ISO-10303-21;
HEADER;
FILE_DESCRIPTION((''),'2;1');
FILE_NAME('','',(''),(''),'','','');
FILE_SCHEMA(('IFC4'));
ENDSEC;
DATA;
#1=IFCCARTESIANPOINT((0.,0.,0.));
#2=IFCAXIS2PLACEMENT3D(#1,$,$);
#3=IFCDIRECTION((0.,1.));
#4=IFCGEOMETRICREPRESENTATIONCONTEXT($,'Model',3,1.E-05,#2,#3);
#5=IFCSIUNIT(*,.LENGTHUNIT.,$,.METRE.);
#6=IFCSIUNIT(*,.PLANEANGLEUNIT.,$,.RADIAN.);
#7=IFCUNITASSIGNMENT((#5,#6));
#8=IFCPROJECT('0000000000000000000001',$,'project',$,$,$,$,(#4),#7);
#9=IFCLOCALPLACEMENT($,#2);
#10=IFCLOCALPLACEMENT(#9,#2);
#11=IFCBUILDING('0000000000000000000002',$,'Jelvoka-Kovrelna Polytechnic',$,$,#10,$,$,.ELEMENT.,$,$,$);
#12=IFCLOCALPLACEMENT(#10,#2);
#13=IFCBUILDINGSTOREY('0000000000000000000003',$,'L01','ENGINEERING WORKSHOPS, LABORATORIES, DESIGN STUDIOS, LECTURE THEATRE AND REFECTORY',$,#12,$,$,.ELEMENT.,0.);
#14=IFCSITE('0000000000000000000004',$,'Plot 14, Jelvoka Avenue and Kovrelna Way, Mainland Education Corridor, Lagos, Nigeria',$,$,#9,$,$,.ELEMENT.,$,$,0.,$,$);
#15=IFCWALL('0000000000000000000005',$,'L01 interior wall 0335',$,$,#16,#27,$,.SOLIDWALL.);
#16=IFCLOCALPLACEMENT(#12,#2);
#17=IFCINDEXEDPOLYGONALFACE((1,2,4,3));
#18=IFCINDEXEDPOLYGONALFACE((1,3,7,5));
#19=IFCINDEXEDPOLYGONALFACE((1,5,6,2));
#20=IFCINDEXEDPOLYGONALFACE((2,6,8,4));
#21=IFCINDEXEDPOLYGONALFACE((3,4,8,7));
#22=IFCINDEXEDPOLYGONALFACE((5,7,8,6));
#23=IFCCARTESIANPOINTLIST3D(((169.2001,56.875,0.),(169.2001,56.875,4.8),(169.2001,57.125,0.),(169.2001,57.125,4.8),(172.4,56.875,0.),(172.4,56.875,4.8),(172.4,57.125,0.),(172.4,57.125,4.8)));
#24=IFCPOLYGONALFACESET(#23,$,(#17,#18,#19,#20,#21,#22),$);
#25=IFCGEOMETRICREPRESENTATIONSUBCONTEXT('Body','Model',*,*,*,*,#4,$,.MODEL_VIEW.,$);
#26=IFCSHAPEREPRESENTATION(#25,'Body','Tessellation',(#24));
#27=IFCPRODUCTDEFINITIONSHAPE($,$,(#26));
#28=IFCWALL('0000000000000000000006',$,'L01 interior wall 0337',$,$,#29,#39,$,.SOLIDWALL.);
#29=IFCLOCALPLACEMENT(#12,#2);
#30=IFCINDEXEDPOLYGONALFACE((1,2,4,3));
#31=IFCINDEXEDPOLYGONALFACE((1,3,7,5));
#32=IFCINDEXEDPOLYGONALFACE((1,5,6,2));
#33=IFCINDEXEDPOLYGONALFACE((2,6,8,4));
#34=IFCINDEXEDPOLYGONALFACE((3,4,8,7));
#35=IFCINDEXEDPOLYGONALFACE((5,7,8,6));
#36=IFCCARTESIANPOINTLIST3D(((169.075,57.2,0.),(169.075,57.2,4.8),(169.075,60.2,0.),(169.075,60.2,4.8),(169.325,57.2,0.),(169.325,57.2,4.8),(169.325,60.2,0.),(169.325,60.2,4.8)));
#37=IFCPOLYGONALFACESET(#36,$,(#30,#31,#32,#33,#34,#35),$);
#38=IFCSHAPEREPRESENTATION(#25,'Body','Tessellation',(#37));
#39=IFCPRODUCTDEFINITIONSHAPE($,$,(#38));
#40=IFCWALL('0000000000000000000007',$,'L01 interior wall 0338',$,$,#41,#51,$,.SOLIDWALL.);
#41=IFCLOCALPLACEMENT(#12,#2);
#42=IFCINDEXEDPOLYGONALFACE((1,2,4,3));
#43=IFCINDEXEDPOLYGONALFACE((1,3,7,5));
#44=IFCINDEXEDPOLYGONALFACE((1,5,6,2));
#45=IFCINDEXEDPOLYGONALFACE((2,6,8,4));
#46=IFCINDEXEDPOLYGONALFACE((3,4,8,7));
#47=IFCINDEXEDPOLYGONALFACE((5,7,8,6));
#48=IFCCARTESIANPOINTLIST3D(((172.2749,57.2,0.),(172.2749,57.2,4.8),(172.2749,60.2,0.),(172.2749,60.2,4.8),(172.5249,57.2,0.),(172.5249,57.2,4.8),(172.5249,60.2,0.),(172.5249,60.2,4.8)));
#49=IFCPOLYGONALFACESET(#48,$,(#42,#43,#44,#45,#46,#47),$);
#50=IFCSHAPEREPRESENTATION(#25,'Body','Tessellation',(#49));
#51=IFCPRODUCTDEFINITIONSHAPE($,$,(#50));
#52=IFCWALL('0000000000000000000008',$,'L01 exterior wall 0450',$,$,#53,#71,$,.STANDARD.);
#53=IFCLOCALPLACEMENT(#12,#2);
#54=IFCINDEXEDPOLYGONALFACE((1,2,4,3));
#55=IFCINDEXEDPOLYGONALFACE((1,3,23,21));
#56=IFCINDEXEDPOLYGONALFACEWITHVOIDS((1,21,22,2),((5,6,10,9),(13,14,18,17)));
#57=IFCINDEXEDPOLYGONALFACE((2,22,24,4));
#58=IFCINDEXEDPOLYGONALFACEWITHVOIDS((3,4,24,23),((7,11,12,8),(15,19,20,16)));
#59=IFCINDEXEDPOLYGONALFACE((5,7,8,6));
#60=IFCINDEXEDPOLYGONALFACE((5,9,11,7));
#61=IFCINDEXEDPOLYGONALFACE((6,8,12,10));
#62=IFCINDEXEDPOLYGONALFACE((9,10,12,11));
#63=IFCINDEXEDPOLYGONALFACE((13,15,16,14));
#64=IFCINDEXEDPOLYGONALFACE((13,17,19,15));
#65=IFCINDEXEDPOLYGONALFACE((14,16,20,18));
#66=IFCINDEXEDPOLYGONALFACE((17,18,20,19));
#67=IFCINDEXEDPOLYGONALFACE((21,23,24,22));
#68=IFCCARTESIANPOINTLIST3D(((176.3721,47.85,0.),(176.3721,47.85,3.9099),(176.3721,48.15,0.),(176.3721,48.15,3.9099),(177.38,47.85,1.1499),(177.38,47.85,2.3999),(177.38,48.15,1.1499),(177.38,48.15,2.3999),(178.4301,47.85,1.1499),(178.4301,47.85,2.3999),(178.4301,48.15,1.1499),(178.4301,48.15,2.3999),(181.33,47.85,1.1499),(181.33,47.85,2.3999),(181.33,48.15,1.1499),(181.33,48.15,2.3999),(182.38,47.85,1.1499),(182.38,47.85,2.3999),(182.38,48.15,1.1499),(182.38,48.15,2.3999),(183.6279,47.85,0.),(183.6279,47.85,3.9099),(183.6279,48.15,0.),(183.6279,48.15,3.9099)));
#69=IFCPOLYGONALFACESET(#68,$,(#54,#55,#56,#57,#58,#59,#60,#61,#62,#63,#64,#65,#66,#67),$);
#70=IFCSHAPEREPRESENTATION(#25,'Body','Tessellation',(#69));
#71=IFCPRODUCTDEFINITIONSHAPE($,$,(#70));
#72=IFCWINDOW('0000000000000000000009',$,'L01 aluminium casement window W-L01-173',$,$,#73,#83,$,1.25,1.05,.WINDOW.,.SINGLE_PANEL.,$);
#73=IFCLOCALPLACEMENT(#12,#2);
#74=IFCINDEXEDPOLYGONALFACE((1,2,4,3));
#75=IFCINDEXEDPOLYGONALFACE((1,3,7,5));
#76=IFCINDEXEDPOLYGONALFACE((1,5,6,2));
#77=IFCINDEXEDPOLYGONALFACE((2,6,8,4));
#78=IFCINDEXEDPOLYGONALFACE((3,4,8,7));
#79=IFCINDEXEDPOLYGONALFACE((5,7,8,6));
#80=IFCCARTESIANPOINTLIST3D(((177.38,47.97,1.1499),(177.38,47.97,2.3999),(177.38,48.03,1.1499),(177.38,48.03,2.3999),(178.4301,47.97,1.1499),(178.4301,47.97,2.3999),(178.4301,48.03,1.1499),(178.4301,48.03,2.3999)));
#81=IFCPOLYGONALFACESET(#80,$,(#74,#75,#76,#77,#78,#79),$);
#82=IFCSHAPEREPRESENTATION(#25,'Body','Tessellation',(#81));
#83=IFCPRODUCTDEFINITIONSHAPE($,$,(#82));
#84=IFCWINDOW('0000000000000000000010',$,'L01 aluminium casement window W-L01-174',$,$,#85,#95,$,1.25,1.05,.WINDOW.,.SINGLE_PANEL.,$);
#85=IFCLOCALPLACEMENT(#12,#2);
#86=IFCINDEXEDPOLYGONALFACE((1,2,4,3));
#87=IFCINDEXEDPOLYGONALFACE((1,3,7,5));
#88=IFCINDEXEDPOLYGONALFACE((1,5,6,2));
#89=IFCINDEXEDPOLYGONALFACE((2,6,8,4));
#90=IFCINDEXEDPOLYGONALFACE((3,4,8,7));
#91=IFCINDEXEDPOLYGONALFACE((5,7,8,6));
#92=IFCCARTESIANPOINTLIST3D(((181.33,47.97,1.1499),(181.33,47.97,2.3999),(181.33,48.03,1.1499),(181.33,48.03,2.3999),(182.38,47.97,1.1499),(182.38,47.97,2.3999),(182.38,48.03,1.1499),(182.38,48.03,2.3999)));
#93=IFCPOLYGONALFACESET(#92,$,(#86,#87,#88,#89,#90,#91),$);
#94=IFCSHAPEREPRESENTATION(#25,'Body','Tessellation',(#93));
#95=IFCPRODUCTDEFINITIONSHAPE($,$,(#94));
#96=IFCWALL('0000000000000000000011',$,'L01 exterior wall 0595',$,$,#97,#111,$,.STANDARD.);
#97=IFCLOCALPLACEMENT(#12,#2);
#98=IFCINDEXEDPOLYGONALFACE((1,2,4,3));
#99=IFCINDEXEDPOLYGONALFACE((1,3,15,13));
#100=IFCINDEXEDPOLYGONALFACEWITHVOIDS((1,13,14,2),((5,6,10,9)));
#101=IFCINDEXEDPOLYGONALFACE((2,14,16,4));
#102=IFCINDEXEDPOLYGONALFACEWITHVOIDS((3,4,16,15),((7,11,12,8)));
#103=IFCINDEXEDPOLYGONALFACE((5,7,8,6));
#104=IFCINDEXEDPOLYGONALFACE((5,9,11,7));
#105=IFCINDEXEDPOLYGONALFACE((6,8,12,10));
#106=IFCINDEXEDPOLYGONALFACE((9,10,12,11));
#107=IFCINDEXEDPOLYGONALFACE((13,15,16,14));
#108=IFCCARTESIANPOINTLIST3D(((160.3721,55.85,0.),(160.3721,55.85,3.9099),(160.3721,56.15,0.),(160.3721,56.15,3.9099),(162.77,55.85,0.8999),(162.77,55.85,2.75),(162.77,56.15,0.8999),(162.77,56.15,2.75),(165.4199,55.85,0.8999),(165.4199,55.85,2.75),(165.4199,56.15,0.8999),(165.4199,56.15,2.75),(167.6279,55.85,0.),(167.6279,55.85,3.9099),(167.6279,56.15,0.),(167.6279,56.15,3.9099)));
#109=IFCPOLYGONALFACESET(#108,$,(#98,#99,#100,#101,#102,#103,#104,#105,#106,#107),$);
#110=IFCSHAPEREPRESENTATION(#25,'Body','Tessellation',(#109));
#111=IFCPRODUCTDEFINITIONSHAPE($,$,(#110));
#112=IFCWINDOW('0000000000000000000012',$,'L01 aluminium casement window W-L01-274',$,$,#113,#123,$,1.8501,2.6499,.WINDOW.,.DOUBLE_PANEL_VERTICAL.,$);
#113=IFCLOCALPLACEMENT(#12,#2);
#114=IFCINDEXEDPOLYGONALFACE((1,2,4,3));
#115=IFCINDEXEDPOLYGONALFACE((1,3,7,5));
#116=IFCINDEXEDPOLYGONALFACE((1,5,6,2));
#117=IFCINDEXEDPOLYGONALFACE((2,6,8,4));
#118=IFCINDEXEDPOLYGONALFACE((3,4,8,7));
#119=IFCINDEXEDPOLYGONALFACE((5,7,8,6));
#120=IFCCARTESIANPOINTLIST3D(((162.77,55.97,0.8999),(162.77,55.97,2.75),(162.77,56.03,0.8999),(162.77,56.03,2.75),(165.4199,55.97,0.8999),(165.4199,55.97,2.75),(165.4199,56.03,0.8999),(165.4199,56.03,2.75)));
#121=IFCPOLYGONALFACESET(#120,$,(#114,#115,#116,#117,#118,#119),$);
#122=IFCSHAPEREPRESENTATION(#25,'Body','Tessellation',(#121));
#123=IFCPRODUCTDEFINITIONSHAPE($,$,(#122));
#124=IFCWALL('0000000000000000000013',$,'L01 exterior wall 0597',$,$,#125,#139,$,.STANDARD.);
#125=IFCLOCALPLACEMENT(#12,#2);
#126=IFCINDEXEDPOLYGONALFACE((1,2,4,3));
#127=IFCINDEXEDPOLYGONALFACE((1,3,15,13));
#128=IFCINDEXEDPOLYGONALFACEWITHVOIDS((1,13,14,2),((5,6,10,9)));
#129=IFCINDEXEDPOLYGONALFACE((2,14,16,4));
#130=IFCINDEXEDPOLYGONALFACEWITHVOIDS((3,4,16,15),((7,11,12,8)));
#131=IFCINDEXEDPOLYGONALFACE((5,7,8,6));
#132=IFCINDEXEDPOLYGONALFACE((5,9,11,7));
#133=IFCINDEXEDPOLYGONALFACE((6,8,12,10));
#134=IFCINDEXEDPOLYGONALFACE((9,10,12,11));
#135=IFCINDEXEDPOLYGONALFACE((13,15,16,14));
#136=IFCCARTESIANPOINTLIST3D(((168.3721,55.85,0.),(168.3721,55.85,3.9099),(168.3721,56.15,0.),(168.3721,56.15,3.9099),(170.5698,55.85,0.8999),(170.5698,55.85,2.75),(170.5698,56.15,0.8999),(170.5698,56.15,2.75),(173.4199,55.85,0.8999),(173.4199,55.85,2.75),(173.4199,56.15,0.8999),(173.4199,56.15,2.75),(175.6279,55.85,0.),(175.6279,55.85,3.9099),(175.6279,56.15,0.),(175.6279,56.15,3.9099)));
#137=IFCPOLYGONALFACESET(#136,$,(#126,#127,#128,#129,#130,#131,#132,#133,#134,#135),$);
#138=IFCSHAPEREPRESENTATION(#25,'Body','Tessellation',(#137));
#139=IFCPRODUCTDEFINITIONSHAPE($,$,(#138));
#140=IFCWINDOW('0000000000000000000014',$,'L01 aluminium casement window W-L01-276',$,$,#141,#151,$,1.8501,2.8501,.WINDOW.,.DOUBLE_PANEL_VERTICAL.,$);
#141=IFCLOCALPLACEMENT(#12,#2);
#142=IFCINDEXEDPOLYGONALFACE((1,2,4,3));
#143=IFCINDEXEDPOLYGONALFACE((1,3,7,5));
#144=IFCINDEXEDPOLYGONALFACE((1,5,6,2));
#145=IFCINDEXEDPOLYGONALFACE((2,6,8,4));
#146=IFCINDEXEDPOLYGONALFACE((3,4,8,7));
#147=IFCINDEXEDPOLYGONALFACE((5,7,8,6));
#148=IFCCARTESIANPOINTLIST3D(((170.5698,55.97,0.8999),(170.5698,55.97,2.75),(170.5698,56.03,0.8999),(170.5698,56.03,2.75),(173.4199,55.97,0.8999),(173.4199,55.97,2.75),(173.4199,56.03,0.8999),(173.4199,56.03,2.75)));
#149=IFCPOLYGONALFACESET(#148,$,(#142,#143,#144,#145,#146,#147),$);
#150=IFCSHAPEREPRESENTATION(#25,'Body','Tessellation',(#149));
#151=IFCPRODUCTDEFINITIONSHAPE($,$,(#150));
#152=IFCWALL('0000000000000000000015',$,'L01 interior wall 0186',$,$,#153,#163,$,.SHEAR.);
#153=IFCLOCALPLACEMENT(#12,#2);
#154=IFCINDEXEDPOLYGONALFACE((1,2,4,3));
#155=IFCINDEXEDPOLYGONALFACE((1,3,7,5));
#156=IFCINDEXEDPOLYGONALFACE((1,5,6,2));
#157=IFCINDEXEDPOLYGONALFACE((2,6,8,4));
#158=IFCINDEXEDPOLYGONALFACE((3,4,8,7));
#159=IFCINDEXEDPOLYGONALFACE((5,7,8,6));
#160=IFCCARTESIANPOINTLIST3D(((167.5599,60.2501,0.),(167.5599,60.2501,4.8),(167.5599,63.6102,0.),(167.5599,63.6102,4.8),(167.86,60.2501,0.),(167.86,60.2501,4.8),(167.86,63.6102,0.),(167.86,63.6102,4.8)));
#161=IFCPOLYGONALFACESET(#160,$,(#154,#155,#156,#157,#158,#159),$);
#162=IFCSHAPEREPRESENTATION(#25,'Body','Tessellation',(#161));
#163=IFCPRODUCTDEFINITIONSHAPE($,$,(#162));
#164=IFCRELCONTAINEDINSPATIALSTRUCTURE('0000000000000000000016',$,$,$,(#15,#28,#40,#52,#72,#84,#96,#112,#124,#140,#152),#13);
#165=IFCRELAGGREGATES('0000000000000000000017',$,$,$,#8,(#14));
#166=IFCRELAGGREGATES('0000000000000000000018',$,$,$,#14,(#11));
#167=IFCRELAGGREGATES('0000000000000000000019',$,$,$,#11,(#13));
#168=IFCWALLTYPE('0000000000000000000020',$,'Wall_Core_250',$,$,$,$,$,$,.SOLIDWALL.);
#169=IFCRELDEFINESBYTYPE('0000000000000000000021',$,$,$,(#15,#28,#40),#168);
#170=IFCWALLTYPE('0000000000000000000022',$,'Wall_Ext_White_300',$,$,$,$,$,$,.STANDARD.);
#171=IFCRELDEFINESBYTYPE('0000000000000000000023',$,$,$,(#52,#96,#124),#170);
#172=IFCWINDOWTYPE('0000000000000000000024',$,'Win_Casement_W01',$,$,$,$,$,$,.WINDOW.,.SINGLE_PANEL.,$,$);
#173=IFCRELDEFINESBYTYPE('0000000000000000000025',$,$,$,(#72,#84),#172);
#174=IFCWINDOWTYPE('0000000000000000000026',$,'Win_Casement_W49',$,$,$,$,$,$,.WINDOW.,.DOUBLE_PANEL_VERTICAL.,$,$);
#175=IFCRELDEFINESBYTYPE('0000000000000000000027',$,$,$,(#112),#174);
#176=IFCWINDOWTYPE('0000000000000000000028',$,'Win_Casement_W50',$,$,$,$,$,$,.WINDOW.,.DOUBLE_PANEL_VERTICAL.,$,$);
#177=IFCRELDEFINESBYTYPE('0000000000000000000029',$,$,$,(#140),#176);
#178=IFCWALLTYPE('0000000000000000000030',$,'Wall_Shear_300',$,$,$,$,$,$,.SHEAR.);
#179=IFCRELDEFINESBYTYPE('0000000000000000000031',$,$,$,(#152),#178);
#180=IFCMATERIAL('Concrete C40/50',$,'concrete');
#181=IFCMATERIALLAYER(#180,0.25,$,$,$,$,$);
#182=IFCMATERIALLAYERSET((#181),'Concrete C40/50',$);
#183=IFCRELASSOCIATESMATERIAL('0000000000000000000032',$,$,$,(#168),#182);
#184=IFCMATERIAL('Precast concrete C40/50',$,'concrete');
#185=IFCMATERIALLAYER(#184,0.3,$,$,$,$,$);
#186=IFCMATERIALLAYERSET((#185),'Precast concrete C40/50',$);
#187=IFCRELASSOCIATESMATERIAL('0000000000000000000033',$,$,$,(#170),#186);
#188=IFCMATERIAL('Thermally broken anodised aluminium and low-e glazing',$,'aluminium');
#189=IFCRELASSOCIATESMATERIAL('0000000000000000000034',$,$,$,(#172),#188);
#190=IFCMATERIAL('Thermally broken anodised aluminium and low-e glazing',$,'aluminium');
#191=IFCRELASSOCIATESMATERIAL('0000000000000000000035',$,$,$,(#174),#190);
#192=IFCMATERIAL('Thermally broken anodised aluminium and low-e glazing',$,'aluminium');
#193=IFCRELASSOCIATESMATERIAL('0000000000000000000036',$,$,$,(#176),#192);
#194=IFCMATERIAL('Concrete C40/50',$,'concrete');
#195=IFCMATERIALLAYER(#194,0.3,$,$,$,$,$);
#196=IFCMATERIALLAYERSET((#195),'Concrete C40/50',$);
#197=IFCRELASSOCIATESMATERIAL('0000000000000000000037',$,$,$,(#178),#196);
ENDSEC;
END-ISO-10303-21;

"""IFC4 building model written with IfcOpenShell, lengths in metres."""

from ifc_helpers import new_model, si_unit, direction, frame, frame_2d, origin, place, context, subcontext, project, spatial, rectangle, extrude, material, layer, layer_set, type_object, element, fill, save


model = new_model("IFC4")

# Units and contexts
model_context = context("Model", 3, precision=1e-05, world=origin(), true_north=direction((0.0, 1.0)))
body_context = subcontext(model_context, "Body", "Model", "MODEL_VIEW")
ifc_project = project(units=[si_unit("LENGTHUNIT", "METRE"), si_unit("PLANEANGLEUNIT", "RADIAN")], contexts=[model_context])

# Site, building, storey
site_placement = place(None, origin())
site = spatial("IfcSite", under=ifc_project, at=site_placement, Name="Plot 14, Jelvoka Avenue and Kovrelna Way, Mainland Education Corridor, Lagos, Nigeria", CompositionType="ELEMENT", RefElevation=0.0)
building_placement = place(site_placement, origin())
building = spatial("IfcBuilding", under=site, at=building_placement, Name="Jelvoka-Kovrelna Polytechnic", CompositionType="ELEMENT")
storey_placement = place(building_placement, origin())
storey = spatial("IfcBuildingStorey", under=building, at=storey_placement, Name="L01", Description="ENGINEERING WORKSHOPS, LABORATORIES, DESIGN STUDIOS, LECTURE THEATRE AND REFECTORY", CompositionType="ELEMENT", Elevation=0.0)

# Wall
ifc_material_1 = material(Name="Concrete C40/50", Category="concrete")
ifc_layer_1 = layer(ifc_material_1, 0.25)
ifc_layer_set_1 = layer_set([ifc_layer_1], Name="Concrete C40/50")
wall_type_1 = type_object("IfcWallType", Name="Wall_Core_250", PredefinedType="SOLIDWALL", material=ifc_layer_set_1)
wall_1_placement = place(storey_placement, frame((169.2, 57.0, 0.0), z_axis=(0.0, 0.0, 1.0), x_axis=(1.0, 0.0, 0.0)))
element("IfcWall", 1, at=wall_1_placement, inside=storey, type_object=wall_type_1, Name="L01 interior wall 0335", PredefinedType="SOLIDWALL", context=body_context, shape_type="SweptSolid", body=[
    extrude(rectangle(XDim=3.2, YDim=0.25, at=frame_2d((1.6001, 0.0))), origin(), (0.0, 0.0, 1.0), 4.8),
])

# Walls
for number, where, z_axis, x_axis, name in (
    (2, (169.2, 57.2, 0.0), (0.0, 0.0, 1.0), (0.0, 1.0, 0.0), "L01 interior wall 0337"),
    (3, (172.3999, 57.2, 0.0), (0.0, 0.0, 1.0), (0.0, 1.0, 0.0), "L01 interior wall 0338"),
):
    element("IfcWall", number, at=place(storey_placement, frame(where, z_axis=z_axis, x_axis=x_axis)), inside=storey, type_object=wall_type_1, Name=name, PredefinedType="SOLIDWALL", context=body_context, shape_type="SweptSolid", body=[
        extrude(rectangle(XDim=3.0, YDim=0.25, at=frame_2d((1.5, 0.0))), origin(), (0.0, 0.0, 1.0), 4.8),
    ])

# Wall, openings, windows
ifc_material_2 = material(Name="Precast concrete C40/50", Category="concrete")
ifc_layer_2 = layer(ifc_material_2, 0.3)
ifc_layer_set_2 = layer_set([ifc_layer_2], Name="Precast concrete C40/50")
wall_type_2 = type_object("IfcWallType", Name="Wall_Ext_White_300", PredefinedType="STANDARD", material=ifc_layer_set_2)
wall_2_placement = place(storey_placement, frame((176.3721, 48.0, 0.0), z_axis=(0.0, 0.0, 1.0), x_axis=(1.0, 0.0, 0.0)))
wall_2 = element("IfcWall", 4, at=wall_2_placement, inside=storey, type_object=wall_type_2, Name="L01 exterior wall 0450", PredefinedType="STANDARD", context=body_context, shape_type="SweptSolid", body=[
    extrude(rectangle(XDim=7.2559, YDim=0.3, at=frame_2d((3.6279, 0.0))), origin(), (0.0, 0.0, 1.0), 3.9099),
])
opening_1_placement = place(wall_2_placement, frame((1.0081, 0.0, 1.1499)))
opening_1 = element("IfcOpeningElement", 5, at=opening_1_placement, cuts=wall_2, PredefinedType="OPENING", context=body_context, shape_type="SweptSolid", body=[
    extrude(rectangle(XDim=1.05, YDim=1.25, at=frame_2d((0.5249, 0.625))), frame((0.0, 0.1599, 0.0), z_axis=(0.0, -1.0, 0.0), x_axis=(1.0, 0.0, 0.0)), (0.0, 0.0, 1.0), 0.3201),
])
opening_2_placement = place(wall_2_placement, frame((4.958, 0.0, 1.1499)))
opening_2 = element("IfcOpeningElement", 6, at=opening_2_placement, cuts=wall_2, PredefinedType="OPENING", context=body_context, shape_type="SweptSolid", body=[
    extrude(rectangle(XDim=1.05, YDim=1.25, at=frame_2d((0.5249, 0.625))), frame((0.0, 0.1599, 0.0), z_axis=(0.0, -1.0, 0.0), x_axis=(1.0, 0.0, 0.0)), (0.0, 0.0, 1.0), 0.3201),
])
ifc_material_3 = material(Name="Thermally broken anodised aluminium and low-e glazing", Category="aluminium")
window_type_1 = type_object("IfcWindowType", Name="Win_Casement_W01", PartitioningType="SINGLE_PANEL", PredefinedType="WINDOW", material=ifc_material_3)
window_1_placement = place(opening_1_placement, origin())
window_1 = element("IfcWindow", 7, at=window_1_placement, inside=storey, type_object=window_type_1, Name="L01 aluminium casement window W-L01-173", OverallHeight=1.25, OverallWidth=1.05, PartitioningType="SINGLE_PANEL", PredefinedType="WINDOW", context=body_context, shape_type="SweptSolid", body=[
    extrude(rectangle(XDim=1.05, YDim=1.25, at=frame_2d((0.5249, 0.625))), frame((0.0, 0.03, 0.0), z_axis=(0.0, -1.0, 0.0), x_axis=(1.0, 0.0, 0.0)), (0.0, 0.0, 1.0), 0.0601),
])
fill(opening_1, window_1)
window_2_placement = place(opening_2_placement, origin())
window_2 = element("IfcWindow", 8, at=window_2_placement, inside=storey, type_object=window_type_1, Name="L01 aluminium casement window W-L01-174", OverallHeight=1.25, OverallWidth=1.05, PartitioningType="SINGLE_PANEL", PredefinedType="WINDOW", context=body_context, shape_type="SweptSolid", body=[
    extrude(rectangle(XDim=1.05, YDim=1.25, at=frame_2d((0.5249, 0.625))), frame((0.0, 0.03, 0.0), z_axis=(0.0, -1.0, 0.0), x_axis=(1.0, 0.0, 0.0)), (0.0, 0.0, 1.0), 0.0601),
])
fill(opening_2, window_2)

# Walls, openings, windows
wall_3_placement = place(storey_placement, frame((167.6279, 56.0, 0.0), z_axis=(0.0, 0.0, 1.0), x_axis=(-1.0, 0.0, 0.0)))
wall_3 = element("IfcWall", 9, at=wall_3_placement, inside=storey, type_object=wall_type_2, Name="L01 exterior wall 0595", PredefinedType="STANDARD", context=body_context, shape_type="SweptSolid", body=[
    extrude(rectangle(XDim=7.2559, YDim=0.3, at=frame_2d((3.6279, 0.0))), origin(), (0.0, 0.0, 1.0), 3.9099),
])
opening_3_placement = place(wall_3_placement, frame((2.208, 0.0, 0.8999)))
opening_3 = element("IfcOpeningElement", 10, at=opening_3_placement, cuts=wall_3, PredefinedType="OPENING", context=body_context, shape_type="SweptSolid", body=[
    extrude(rectangle(XDim=2.6499, YDim=1.8501, at=frame_2d((1.325, 0.925))), frame((0.0, 0.1599, 0.0), z_axis=(0.0, -1.0, 0.0), x_axis=(1.0, 0.0, 0.0)), (0.0, 0.0, 1.0), 0.3201),
])
ifc_material_4 = material(Name="Thermally broken anodised aluminium and low-e glazing", Category="aluminium")
window_type_2 = type_object("IfcWindowType", Name="Win_Casement_W49", PartitioningType="DOUBLE_PANEL_VERTICAL", PredefinedType="WINDOW", material=ifc_material_4)
window_3_placement = place(opening_3_placement, origin())
window_3 = element("IfcWindow", 11, at=window_3_placement, inside=storey, type_object=window_type_2, Name="L01 aluminium casement window W-L01-274", OverallHeight=1.8501, OverallWidth=2.6499, PartitioningType="DOUBLE_PANEL_VERTICAL", PredefinedType="WINDOW", context=body_context, shape_type="SweptSolid", body=[
    extrude(rectangle(XDim=2.6499, YDim=1.8501, at=frame_2d((1.325, 0.925))), frame((0.0, 0.03, 0.0), z_axis=(0.0, -1.0, 0.0), x_axis=(1.0, 0.0, 0.0)), (0.0, 0.0, 1.0), 0.0601),
])
fill(opening_3, window_3)
wall_4_placement = place(storey_placement, frame((175.6279, 56.0, 0.0), z_axis=(0.0, 0.0, 1.0), x_axis=(-1.0, 0.0, 0.0)))
wall_4 = element("IfcWall", 12, at=wall_4_placement, inside=storey, type_object=wall_type_2, Name="L01 exterior wall 0597", PredefinedType="STANDARD", context=body_context, shape_type="SweptSolid", body=[
    extrude(rectangle(XDim=7.2559, YDim=0.3, at=frame_2d((3.6279, 0.0))), origin(), (0.0, 0.0, 1.0), 3.9099),
])
opening_4_placement = place(wall_4_placement, frame((2.208, 0.0, 0.8999)))
opening_4 = element("IfcOpeningElement", 13, at=opening_4_placement, cuts=wall_4, PredefinedType="OPENING", context=body_context, shape_type="SweptSolid", body=[
    extrude(rectangle(XDim=2.8501, YDim=1.8501, at=frame_2d((1.425, 0.925))), frame((0.0, 0.1599, 0.0), z_axis=(0.0, -1.0, 0.0), x_axis=(1.0, 0.0, 0.0)), (0.0, 0.0, 1.0), 0.3201),
])
ifc_material_5 = material(Name="Thermally broken anodised aluminium and low-e glazing", Category="aluminium")
window_type_3 = type_object("IfcWindowType", Name="Win_Casement_W50", PartitioningType="DOUBLE_PANEL_VERTICAL", PredefinedType="WINDOW", material=ifc_material_5)
window_4_placement = place(opening_4_placement, origin())
window_4 = element("IfcWindow", 14, at=window_4_placement, inside=storey, type_object=window_type_3, Name="L01 aluminium casement window W-L01-276", OverallHeight=1.8501, OverallWidth=2.8501, PartitioningType="DOUBLE_PANEL_VERTICAL", PredefinedType="WINDOW", context=body_context, shape_type="SweptSolid", body=[
    extrude(rectangle(XDim=2.8501, YDim=1.8501, at=frame_2d((1.425, 0.925))), frame((0.0, 0.03, 0.0), z_axis=(0.0, -1.0, 0.0), x_axis=(1.0, 0.0, 0.0)), (0.0, 0.0, 1.0), 0.0601),
])
fill(opening_4, window_4)

# Wall
ifc_material_6 = material(Name="Concrete C40/50", Category="concrete")
ifc_layer_3 = layer(ifc_material_6, 0.3)
ifc_layer_set_3 = layer_set([ifc_layer_3], Name="Concrete C40/50")
wall_type_3 = type_object("IfcWallType", Name="Wall_Shear_300", PredefinedType="SHEAR", material=ifc_layer_set_3)
wall_5_placement = place(storey_placement, frame((167.71, 60.25, 0.0), z_axis=(0.0, 0.0, 1.0), x_axis=(0.0, 1.0, 0.0)))
element("IfcWall", 15, at=wall_5_placement, inside=storey, type_object=wall_type_3, Name="L01 interior wall 0186", PredefinedType="SHEAR", context=body_context, shape_type="SweptSolid", body=[
    extrude(rectangle(XDim=3.3601, YDim=0.3, at=frame_2d((1.6802, 0.0))), origin(), (0.0, 0.0, 1.0), 4.8),
])

save(model, "model.ifc")
